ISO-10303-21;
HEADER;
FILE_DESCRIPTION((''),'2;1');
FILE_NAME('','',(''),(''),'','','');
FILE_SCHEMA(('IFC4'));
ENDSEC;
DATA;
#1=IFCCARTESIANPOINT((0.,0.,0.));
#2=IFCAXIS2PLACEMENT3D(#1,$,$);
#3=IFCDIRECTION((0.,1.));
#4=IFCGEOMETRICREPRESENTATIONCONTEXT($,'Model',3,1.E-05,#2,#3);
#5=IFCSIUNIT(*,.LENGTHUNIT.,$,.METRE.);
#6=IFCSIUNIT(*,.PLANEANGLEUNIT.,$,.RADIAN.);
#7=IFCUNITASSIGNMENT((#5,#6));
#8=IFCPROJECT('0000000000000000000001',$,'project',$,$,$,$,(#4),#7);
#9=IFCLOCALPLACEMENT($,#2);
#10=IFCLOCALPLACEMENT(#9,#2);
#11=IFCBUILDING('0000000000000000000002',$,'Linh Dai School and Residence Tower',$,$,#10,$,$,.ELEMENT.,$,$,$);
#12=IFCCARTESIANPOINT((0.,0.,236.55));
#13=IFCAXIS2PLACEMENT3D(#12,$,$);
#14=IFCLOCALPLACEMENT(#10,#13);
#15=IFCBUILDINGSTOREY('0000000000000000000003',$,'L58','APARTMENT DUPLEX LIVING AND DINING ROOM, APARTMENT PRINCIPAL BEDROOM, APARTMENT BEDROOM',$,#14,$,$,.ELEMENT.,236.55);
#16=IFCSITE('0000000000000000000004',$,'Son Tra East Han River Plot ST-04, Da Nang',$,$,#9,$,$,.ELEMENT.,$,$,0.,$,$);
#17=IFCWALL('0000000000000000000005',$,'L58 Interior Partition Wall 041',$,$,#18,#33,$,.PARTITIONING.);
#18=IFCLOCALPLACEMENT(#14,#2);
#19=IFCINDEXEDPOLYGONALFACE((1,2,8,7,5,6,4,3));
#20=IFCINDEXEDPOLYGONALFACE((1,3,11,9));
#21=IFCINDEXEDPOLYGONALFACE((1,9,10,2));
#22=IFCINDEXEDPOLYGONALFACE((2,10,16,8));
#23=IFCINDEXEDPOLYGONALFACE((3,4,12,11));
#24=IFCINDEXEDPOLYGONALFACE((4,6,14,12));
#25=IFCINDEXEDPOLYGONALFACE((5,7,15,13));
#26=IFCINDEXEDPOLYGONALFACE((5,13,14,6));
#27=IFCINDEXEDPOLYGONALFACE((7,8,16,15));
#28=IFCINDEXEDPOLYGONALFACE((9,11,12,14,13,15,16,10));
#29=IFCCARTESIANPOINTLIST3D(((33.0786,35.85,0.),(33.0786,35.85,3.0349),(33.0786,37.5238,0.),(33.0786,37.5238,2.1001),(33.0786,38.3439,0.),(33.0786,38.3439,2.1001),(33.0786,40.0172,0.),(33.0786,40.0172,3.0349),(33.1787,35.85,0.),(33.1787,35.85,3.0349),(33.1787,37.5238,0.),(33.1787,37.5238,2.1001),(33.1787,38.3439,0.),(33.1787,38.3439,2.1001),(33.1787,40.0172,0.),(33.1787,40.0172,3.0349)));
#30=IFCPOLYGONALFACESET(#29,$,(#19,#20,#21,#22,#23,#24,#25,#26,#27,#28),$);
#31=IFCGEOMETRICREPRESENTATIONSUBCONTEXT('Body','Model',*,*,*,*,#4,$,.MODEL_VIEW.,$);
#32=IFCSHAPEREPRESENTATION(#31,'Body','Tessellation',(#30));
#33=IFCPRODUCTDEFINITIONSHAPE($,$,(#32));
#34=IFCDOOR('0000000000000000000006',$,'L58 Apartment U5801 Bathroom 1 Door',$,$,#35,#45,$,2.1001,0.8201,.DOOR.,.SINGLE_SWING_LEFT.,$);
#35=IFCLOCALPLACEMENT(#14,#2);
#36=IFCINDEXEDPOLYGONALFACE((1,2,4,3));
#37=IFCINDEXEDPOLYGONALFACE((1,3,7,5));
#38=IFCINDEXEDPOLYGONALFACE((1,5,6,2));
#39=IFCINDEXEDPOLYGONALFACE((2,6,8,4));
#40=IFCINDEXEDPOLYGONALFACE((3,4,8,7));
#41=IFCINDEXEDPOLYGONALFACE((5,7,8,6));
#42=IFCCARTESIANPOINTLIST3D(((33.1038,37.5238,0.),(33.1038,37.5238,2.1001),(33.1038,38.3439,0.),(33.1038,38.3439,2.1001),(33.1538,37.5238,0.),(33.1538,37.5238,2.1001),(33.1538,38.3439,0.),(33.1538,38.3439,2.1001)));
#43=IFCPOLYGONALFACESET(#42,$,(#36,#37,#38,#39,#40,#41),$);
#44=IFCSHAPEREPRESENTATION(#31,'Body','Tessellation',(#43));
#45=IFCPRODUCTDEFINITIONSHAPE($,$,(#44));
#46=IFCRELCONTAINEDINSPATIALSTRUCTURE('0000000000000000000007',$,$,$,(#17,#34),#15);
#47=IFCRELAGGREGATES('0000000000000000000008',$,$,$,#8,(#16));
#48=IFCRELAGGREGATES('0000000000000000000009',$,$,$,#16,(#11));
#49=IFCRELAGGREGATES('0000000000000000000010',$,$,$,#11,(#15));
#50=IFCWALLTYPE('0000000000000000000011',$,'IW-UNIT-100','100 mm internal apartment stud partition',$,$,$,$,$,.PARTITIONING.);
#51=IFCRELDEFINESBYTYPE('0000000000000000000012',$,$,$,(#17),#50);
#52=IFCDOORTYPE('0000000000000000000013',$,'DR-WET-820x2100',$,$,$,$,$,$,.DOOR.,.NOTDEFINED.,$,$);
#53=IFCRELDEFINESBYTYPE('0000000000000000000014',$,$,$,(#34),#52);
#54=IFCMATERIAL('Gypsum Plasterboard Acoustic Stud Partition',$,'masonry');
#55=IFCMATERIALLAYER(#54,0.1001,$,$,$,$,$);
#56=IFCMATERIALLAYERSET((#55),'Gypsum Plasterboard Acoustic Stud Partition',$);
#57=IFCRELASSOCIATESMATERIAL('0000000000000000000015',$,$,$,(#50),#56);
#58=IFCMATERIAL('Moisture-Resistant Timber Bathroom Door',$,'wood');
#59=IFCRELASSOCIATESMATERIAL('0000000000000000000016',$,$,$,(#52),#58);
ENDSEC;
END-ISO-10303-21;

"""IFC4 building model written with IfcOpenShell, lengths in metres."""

from ifc_helpers import new_model, si_unit, direction, frame, frame_2d, origin, origin_2d, place, context, subcontext, project, spatial, rectangle, extrude, source, transform, mapped, material, layer, layer_set, type_object, element, fill, save


model = new_model("IFC4")

# Units and contexts
model_context = context("Model", 3, precision=1e-05, world=origin(), true_north=direction((0.0, 1.0)))
body_context = subcontext(model_context, "Body", "Model", "MODEL_VIEW")
ifc_project = project(units=[si_unit("LENGTHUNIT", "METRE"), si_unit("PLANEANGLEUNIT", "RADIAN")], contexts=[model_context])

# Site, building, storey
site_placement = place(None, origin())
site = spatial("IfcSite", under=ifc_project, at=site_placement, Name="Son Tra East Han River Plot ST-04, Da Nang", CompositionType="ELEMENT", RefElevation=0.0)
building_placement = place(site_placement, origin())
building = spatial("IfcBuilding", under=site, at=building_placement, Name="Linh Dai School and Residence Tower", CompositionType="ELEMENT")
storey_placement = place(building_placement, frame((0.0, 0.0, 236.55)))
storey = spatial("IfcBuildingStorey", under=building, at=storey_placement, Name="L58", Description="APARTMENT DUPLEX LIVING AND DINING ROOM, APARTMENT PRINCIPAL BEDROOM, APARTMENT BEDROOM", CompositionType="ELEMENT", Elevation=236.55)

# Shared definitions
ifc_material_1 = material(Name="Gypsum Plasterboard Acoustic Stud Partition", Category="masonry")
ifc_layer_1 = layer(ifc_material_1, 0.1001)
ifc_layer_set_1 = layer_set([ifc_layer_1], Name="Gypsum Plasterboard Acoustic Stud Partition")
wall_type_1 = type_object("IfcWallType", Name="IW-UNIT-100", Description="100 mm internal apartment stud partition", PredefinedType="PARTITIONING", material=ifc_layer_set_1)

# Wall, opening, door
wall_1_placement = place(storey_placement, frame((33.1287, 35.8501, 0.0), z_axis=(0.0, 0.0, 1.0), x_axis=(0.0, 1.0, 0.0)))
wall_1 = element("IfcWall", 1, at=wall_1_placement, inside=storey, type_object=wall_type_1, Name="L58 Interior Partition Wall 041", PredefinedType="PARTITIONING", context=body_context, shape_type="SweptSolid", body=[
    extrude(rectangle(XDim=4.1672, YDim=0.1001, at=frame_2d((2.0835, 0.0))), origin(), (0.0, 0.0, 1.0), 3.0349),
])
opening_1_placement = place(wall_1_placement, frame((1.6736, 0.0, 0.0)))
opening_1 = element("IfcOpeningElement", 2, at=opening_1_placement, cuts=wall_1, PredefinedType="OPENING", context=body_context, shape_type="SweptSolid", body=[
    extrude(rectangle(XDim=0.8201, YDim=2.1001, at=origin_2d()), frame((0.4102, 0.0601, 1.05), z_axis=(0.0, -1.0, 0.0), x_axis=(1.0, 0.0, 0.0)), (0.0, 0.0, 1.0), 0.1201),
])
ifc_material_2 = material(Name="Moisture-Resistant Timber Bathroom Door", Category="wood")
door_type_1 = type_object("IfcDoorType", Name="DR-WET-820x2100", OperationType="NOTDEFINED", PredefinedType="DOOR", material=ifc_material_2)
shared_shape_1 = source(origin(), body_context, "Body", "SweptSolid", [
    extrude(rectangle(XDim=0.8201, YDim=2.1001, at=origin_2d()), frame((0.4102, 0.0249, 1.05), z_axis=(0.0, -1.0, 0.0), x_axis=(1.0, 0.0, 0.0)), (0.0, 0.0, 1.0), 0.05),
])
door_1_placement = place(opening_1_placement, origin())
door_1 = element("IfcDoor", 3, at=door_1_placement, inside=storey, type_object=door_type_1, Name="L58 Apartment U5801 Bathroom 1 Door", OperationType="SINGLE_SWING_LEFT", OverallHeight=2.1001, OverallWidth=0.8201, PredefinedType="DOOR", context=body_context, shape_type="MappedRepresentation", body=[
    mapped(shared_shape_1, transform((0.0, 0.0, 0.0), x_axis=(1.0, 0.0, 0.0), y_axis=(0.0, 1.0, 0.0), z_axis=(0.0, 0.0, 1.0), scale=1.0)),
])
fill(opening_1, door_1)

save(model, "model.ifc")
